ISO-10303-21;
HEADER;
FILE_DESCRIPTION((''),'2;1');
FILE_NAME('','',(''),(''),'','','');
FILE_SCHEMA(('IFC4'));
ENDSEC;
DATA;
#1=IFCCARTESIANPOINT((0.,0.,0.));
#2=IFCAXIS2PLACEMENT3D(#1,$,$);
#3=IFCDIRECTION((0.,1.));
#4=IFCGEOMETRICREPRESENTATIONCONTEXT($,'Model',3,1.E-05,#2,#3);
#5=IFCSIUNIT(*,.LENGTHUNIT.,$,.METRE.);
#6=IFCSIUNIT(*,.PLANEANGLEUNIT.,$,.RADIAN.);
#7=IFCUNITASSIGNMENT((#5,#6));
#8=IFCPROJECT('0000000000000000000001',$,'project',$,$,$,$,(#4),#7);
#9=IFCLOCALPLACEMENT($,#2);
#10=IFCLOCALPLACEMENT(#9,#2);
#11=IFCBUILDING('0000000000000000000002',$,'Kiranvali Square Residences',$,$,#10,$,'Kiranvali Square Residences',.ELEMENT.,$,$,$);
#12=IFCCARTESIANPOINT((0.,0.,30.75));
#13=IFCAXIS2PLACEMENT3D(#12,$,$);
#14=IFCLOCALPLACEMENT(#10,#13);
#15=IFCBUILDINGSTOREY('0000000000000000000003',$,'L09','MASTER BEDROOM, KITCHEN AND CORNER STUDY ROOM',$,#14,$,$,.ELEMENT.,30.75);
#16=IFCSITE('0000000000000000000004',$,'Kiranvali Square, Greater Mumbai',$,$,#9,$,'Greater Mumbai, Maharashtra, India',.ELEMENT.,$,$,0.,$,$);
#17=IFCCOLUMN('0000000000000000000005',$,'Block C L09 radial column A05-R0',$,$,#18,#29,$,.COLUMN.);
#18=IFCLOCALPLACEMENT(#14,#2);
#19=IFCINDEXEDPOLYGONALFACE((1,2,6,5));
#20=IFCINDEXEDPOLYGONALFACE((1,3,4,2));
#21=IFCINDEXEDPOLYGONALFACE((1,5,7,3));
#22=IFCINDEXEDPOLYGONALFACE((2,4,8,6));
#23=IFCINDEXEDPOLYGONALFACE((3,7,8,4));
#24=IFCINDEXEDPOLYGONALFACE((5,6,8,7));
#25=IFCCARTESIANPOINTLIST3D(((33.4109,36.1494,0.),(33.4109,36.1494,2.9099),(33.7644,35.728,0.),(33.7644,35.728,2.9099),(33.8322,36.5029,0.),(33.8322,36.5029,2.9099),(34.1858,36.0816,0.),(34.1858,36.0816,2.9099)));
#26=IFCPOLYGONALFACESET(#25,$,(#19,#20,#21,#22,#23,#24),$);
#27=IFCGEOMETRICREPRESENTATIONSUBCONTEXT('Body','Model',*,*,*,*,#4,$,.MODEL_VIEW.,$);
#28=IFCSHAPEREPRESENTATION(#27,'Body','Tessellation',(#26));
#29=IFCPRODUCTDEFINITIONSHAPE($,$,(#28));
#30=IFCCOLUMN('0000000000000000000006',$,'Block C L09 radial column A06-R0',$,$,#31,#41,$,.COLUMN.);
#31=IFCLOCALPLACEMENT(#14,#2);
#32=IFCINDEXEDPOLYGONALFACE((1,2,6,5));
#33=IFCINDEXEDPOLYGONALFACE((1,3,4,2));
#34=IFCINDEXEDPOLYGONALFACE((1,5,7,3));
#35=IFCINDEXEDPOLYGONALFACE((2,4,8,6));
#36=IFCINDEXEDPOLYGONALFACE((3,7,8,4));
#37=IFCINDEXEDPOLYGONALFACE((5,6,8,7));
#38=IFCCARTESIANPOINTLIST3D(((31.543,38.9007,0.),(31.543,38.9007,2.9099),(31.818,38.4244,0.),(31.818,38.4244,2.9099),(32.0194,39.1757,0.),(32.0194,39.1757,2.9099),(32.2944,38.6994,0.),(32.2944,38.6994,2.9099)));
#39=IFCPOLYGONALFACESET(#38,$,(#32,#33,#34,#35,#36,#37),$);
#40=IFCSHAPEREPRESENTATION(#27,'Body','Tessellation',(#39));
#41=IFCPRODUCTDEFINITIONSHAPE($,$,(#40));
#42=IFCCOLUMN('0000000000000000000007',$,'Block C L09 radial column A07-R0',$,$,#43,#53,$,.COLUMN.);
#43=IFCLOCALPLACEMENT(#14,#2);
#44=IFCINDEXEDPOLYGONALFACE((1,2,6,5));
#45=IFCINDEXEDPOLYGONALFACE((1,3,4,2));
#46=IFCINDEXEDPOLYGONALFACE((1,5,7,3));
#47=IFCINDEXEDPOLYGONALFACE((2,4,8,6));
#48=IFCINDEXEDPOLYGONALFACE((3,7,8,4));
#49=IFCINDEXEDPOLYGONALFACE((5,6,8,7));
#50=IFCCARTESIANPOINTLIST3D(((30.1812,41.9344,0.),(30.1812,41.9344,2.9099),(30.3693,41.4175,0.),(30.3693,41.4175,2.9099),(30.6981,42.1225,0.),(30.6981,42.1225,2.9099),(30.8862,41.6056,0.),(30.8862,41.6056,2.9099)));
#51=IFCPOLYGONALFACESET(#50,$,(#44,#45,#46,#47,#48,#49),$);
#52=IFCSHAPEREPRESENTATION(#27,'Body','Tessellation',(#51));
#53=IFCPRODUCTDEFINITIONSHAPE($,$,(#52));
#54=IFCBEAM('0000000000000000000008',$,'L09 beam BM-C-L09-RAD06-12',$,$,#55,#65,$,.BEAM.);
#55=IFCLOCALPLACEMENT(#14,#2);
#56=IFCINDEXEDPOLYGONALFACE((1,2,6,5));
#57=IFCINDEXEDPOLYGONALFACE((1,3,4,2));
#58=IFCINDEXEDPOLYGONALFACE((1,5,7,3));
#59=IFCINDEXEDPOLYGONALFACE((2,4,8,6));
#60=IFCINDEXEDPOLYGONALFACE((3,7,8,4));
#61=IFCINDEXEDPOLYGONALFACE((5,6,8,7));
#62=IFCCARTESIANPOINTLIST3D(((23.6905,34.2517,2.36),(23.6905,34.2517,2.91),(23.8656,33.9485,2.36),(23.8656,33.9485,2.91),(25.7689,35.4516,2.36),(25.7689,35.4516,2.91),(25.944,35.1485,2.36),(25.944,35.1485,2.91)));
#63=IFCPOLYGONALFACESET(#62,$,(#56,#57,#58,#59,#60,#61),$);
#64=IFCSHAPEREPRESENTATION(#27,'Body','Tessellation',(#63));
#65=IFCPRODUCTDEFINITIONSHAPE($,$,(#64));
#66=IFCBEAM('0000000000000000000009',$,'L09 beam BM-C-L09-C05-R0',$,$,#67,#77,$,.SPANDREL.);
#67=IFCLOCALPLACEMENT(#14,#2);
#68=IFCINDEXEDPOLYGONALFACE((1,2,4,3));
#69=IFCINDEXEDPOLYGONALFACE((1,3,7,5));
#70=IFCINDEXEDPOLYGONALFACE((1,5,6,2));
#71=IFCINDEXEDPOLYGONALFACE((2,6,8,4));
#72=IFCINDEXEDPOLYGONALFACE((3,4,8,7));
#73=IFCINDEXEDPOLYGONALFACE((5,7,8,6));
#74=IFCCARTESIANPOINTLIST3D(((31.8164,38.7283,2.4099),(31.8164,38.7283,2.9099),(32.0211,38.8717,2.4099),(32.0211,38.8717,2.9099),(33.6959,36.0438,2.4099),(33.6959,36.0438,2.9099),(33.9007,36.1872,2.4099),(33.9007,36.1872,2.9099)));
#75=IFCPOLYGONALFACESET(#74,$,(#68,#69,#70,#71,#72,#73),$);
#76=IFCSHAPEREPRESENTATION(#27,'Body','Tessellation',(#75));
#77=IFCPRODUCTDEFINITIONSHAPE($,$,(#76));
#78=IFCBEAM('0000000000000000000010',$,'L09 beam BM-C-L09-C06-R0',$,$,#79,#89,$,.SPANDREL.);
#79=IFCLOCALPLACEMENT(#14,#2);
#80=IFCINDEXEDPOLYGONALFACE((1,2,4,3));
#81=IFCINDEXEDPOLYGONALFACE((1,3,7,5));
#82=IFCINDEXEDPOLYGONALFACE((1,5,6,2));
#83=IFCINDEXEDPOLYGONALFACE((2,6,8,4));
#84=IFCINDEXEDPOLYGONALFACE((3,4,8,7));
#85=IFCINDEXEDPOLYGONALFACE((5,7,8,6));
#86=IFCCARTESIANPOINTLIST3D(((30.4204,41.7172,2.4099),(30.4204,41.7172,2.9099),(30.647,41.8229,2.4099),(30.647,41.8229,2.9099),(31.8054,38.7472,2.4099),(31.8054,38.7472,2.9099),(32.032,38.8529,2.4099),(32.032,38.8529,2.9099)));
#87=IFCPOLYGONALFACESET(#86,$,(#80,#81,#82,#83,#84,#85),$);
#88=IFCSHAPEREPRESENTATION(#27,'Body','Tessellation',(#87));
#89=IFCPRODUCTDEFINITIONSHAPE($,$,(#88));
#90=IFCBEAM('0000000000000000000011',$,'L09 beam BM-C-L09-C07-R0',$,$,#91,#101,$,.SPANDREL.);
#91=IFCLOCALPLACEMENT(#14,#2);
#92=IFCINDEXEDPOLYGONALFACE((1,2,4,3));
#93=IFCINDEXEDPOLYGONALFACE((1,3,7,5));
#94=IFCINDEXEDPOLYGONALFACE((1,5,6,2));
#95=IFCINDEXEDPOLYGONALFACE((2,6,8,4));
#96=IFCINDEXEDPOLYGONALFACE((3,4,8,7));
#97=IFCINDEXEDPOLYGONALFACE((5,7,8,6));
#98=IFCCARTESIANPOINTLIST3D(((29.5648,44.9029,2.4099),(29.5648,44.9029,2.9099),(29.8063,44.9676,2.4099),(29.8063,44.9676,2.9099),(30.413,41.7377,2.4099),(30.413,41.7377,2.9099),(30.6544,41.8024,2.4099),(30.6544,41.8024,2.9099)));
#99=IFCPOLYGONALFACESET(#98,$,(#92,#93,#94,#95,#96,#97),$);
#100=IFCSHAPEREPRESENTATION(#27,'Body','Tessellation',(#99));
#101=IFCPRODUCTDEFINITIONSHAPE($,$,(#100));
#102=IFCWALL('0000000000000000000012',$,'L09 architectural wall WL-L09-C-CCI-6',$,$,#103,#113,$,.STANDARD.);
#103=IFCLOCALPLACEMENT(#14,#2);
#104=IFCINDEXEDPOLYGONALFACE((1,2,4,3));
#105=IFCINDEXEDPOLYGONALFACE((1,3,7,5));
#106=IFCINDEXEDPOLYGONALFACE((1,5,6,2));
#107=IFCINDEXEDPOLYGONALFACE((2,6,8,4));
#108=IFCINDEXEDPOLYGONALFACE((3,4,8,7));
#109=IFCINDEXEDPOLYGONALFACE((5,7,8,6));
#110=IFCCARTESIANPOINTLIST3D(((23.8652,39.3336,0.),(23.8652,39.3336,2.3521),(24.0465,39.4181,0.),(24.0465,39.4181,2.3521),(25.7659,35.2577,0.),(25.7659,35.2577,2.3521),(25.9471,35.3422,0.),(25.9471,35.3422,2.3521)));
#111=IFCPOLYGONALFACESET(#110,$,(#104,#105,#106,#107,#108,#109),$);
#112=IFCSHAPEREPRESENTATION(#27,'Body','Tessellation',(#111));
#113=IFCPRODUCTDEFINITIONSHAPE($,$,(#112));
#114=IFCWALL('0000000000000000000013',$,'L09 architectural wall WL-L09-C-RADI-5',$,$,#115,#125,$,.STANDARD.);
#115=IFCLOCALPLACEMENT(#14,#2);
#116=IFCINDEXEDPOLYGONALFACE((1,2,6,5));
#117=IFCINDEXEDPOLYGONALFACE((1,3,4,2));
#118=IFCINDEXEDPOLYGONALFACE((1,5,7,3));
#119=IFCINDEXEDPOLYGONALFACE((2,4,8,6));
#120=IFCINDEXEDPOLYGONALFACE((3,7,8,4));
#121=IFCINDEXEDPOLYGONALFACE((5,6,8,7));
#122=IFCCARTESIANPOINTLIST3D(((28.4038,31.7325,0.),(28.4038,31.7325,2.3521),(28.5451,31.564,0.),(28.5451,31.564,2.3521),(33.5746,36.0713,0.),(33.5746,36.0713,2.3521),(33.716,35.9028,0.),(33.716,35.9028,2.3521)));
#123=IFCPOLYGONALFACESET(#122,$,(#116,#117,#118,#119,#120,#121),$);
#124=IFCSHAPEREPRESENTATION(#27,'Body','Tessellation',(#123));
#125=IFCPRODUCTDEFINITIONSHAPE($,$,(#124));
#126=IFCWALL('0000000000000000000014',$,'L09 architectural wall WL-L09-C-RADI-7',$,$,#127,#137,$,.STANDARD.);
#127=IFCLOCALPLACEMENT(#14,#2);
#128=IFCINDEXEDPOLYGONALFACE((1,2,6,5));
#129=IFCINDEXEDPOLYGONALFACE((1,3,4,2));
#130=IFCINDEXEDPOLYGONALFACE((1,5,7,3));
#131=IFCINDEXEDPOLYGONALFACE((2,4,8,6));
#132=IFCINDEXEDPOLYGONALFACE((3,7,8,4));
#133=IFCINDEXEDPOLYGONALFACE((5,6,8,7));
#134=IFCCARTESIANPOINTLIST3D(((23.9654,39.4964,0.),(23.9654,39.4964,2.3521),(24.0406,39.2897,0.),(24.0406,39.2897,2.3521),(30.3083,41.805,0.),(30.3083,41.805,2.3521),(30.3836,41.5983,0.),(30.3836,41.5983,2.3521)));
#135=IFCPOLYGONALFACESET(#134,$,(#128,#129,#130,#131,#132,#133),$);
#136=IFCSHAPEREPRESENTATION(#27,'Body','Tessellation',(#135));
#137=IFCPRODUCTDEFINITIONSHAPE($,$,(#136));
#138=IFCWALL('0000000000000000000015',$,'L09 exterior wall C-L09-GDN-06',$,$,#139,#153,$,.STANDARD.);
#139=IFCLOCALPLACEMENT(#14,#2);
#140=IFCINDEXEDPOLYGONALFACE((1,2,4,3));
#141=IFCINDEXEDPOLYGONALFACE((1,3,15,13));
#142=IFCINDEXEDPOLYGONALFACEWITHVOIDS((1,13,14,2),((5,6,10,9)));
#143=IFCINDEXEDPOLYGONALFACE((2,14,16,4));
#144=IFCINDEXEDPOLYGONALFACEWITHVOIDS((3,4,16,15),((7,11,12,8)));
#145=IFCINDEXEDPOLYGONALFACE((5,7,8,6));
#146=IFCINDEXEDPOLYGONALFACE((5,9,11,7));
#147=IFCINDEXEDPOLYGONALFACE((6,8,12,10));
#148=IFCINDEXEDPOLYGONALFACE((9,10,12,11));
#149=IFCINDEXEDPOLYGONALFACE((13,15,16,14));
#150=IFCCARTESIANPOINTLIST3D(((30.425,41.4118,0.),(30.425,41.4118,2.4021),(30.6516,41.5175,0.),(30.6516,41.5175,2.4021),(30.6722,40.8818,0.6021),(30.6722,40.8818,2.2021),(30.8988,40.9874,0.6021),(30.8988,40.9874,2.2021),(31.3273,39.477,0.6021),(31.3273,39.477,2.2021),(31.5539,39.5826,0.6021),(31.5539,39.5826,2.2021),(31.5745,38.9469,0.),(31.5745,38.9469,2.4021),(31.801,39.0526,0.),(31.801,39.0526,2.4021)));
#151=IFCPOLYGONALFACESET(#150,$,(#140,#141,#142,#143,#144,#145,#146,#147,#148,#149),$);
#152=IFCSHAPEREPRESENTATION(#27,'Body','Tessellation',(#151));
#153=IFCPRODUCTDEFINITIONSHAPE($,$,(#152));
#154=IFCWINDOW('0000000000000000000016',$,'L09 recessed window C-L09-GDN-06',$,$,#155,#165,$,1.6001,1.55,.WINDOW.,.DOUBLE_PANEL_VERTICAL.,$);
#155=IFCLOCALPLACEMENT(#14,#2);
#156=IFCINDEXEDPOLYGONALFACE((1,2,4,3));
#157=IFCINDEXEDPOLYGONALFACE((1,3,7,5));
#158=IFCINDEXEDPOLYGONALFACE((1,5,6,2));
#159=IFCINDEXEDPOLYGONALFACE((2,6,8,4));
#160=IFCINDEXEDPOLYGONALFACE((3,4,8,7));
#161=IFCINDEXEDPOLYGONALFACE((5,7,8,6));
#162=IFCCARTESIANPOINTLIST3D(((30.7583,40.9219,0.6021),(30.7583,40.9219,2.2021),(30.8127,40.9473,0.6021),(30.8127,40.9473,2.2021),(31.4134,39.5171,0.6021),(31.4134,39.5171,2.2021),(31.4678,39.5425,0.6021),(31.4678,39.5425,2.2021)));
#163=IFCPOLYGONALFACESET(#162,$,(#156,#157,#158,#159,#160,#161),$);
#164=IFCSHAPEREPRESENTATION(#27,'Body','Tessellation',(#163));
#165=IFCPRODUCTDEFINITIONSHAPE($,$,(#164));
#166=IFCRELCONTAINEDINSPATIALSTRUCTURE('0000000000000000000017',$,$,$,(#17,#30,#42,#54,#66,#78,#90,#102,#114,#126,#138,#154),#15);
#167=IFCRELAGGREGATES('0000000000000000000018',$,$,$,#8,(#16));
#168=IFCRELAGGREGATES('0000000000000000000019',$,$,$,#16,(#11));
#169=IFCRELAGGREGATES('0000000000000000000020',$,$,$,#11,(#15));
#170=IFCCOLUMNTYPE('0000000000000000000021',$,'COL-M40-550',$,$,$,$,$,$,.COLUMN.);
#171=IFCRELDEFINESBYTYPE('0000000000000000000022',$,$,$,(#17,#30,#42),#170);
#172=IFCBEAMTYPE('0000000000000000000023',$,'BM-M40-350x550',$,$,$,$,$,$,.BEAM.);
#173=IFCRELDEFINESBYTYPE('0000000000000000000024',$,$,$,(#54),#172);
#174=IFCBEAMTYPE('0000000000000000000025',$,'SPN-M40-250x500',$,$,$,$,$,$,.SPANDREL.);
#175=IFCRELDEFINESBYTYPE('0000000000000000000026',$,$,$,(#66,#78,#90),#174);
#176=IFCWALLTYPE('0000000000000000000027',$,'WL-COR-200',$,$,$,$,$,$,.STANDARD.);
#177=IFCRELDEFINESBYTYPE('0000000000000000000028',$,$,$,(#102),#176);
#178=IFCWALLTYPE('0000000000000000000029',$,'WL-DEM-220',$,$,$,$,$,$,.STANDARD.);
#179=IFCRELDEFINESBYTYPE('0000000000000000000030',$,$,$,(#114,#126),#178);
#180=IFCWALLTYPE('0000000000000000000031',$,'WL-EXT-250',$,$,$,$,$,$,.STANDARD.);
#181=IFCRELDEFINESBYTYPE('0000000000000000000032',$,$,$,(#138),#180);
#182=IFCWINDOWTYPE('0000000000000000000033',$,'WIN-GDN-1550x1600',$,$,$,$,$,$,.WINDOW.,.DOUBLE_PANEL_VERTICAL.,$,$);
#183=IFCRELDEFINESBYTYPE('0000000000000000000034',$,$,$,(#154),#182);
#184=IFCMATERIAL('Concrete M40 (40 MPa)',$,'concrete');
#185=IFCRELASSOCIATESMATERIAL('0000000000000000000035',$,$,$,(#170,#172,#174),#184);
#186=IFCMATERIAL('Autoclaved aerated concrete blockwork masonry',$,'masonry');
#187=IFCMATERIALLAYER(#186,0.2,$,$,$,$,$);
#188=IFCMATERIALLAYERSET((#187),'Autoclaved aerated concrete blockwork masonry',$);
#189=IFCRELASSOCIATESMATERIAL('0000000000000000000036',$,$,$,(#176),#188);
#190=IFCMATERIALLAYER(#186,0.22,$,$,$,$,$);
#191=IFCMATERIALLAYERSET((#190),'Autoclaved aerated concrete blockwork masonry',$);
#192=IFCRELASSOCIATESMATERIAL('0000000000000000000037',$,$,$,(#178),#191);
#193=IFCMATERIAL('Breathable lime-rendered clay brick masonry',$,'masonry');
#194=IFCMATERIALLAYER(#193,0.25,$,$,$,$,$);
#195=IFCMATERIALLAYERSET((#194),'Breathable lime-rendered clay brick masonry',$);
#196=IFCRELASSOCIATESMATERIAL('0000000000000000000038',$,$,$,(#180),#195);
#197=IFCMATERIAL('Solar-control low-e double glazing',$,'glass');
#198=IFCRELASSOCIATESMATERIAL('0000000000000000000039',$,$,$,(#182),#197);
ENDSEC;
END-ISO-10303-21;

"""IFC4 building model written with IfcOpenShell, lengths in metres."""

from ifc_helpers import new_model, si_unit, direction, frame, frame_2d, origin, origin_2d, place, context, subcontext, project, spatial, rectangle, extrude, material, layer, layer_set, material_profile, profile_set, type_object, element, fill, save


model = new_model("IFC4")

# Units and contexts
model_context = context("Model", 3, precision=1e-05, world=origin(), true_north=direction((0.0, 1.0)))
body_context = subcontext(model_context, "Body", "Model", "MODEL_VIEW")
ifc_project = project(units=[si_unit("LENGTHUNIT", "METRE"), si_unit("PLANEANGLEUNIT", "RADIAN")], contexts=[model_context])

# Site, building, storey
site_placement = place(None, origin())
site = spatial("IfcSite", under=ifc_project, at=site_placement, Name="Kiranvali Square, Greater Mumbai", LongName="Greater Mumbai, Maharashtra, India", CompositionType="ELEMENT", RefElevation=0.0)
building_placement = place(site_placement, origin())
building = spatial("IfcBuilding", under=site, at=building_placement, Name="Kiranvali Square Residences", LongName="Kiranvali Square Residences", CompositionType="ELEMENT")
storey_placement = place(building_placement, frame((0.0, 0.0, 30.75)))
storey = spatial("IfcBuildingStorey", under=building, at=storey_placement, Name="L09", Description="MASTER BEDROOM, KITCHEN AND CORNER STUDY ROOM", CompositionType="ELEMENT", Elevation=30.75)

# Columns
ifc_material_1 = material(Name="Concrete M40 (40 MPa)", Category="concrete")
ifc_material_profile_1 = material_profile(ifc_material_1, rectangle(XDim=0.55, YDim=0.55, at=origin_2d()), Name="RC 550x550")
ifc_profile_set_1 = profile_set([ifc_material_profile_1], Name="Concrete M40 (40 MPa)")
column_type = type_object("IfcColumnType", Name="COL-M40-550", PredefinedType="COLUMN", material=ifc_profile_set_1)
for number, where, z_axis, x_axis, name in (
    (1, (33.7983, 36.1155, 0.0), (0.0, 0.0, 1.0), (-0.642788, 0.766044, 0.0), "Block C L09 radial column A05-R0"),
    (2, (31.9187, 38.8, 0.0), (0.0, 0.0, 1.0), (-0.5, 0.866025, 0.0), "Block C L09 radial column A06-R0"),
    (3, (30.5337, 41.77, 0.0), (0.0, 0.0, 1.0), (-0.34202, 0.939693, 0.0), "Block C L09 radial column A07-R0"),
):
    element("IfcColumn", number, at=place(storey_placement, frame(where, z_axis=z_axis, x_axis=x_axis)), inside=storey, type_object=column_type, Name=name, PredefinedType="COLUMN", context=body_context, shape_type="SweptSolid", body=[
        extrude(rectangle(XDim=0.55, YDim=0.55, at=origin_2d()), origin(), (0.0, 0.0, 1.0), 2.9099),
    ])

# Beams
ifc_material_profile_2 = material_profile(ifc_material_1, rectangle(XDim=0.3501, YDim=0.55, at=origin_2d()), Name="RC 350x550")
ifc_profile_set_2 = profile_set([ifc_material_profile_2], Name="Concrete M40 (40 MPa)")
beam_type_1 = type_object("IfcBeamType", Name="BM-M40-350x550", PredefinedType="BEAM", material=ifc_profile_set_2)
beam_1_placement = place(storey_placement, frame((25.8564, 35.3, 2.635), z_axis=(-0.866025, -0.500001, 0.0), x_axis=(0.500001, -0.866025, 0.0)))
element("IfcBeam", 4, at=beam_1_placement, inside=storey, type_object=beam_type_1, Name="L09 beam BM-C-L09-RAD06-12", PredefinedType="BEAM", context=body_context, shape_type="SweptSolid", body=[
    extrude(rectangle(XDim=0.3501, YDim=0.55, at=origin_2d()), origin(), (0.0, 0.0, 1.0), 2.3999),
])
ifc_material_profile_3 = material_profile(ifc_material_1, rectangle(XDim=0.25, YDim=0.5, at=origin_2d()), Name="RC 250x500")
ifc_profile_set_3 = profile_set([ifc_material_profile_3], Name="Concrete M40 (40 MPa)")
beam_type_2 = type_object("IfcBeamType", Name="SPN-M40-250x500", PredefinedType="SPANDREL", material=ifc_profile_set_3)
for number, where, z_axis, x_axis, name in (
    (5, (33.7983, 36.1155, 2.6599), (-0.573552, 0.819169, 0.0), (-0.819169, -0.573552, 0.0), "L09 beam BM-C-L09-C05-R0"),
    (6, (31.9187, 38.8, 2.6599), (-0.422641, 0.906297, 0.0), (-0.906297, -0.422641, 0.0), "L09 beam BM-C-L09-C06-R0"),
):
    element("IfcBeam", number, at=place(storey_placement, frame(where, z_axis=z_axis, x_axis=x_axis)), inside=storey, type_object=beam_type_2, Name=name, PredefinedType="SPANDREL", context=body_context, shape_type="SweptSolid", body=[
        extrude(rectangle(XDim=0.25, YDim=0.5, at=origin_2d()), origin(), (0.0, 0.0, 1.0), 3.2771),
    ])
beam_2_placement = place(storey_placement, frame((30.5337, 41.77, 2.6599), z_axis=(-0.258822, 0.965925, 0.0), x_axis=(-0.965925, -0.258822, 0.0)))
element("IfcBeam", 7, at=beam_2_placement, inside=storey, type_object=beam_type_2, Name="L09 beam BM-C-L09-C07-R0", PredefinedType="SPANDREL", context=body_context, shape_type="SweptSolid", body=[
    extrude(rectangle(XDim=0.25, YDim=0.5, at=origin_2d()), origin(), (0.0, 0.0, 1.0), 3.2769),
])

# Walls
ifc_material_2 = material(Name="Autoclaved aerated concrete blockwork masonry", Category="masonry")
ifc_layer_1 = layer(ifc_material_2, 0.2)
ifc_layer_set_1 = layer_set([ifc_layer_1], Name="Autoclaved aerated concrete blockwork masonry")
wall_type_1 = type_object("IfcWallType", Name="WL-COR-200", PredefinedType="STANDARD", material=ifc_layer_set_1)
wall_1_placement = place(storey_placement, frame((25.8564, 35.3, 0.0), z_axis=(0.0, 0.0, 1.0), x_axis=(-0.422618, 0.906308, 0.0)))
element("IfcWall", 8, at=wall_1_placement, inside=storey, type_object=wall_type_1, Name="L09 architectural wall WL-L09-C-CCI-6", PredefinedType="STANDARD", context=body_context, shape_type="SweptSolid", body=[
    extrude(rectangle(XDim=4.4973, YDim=0.2, at=frame_2d((2.2485, 0.0))), origin(), (0.0, 0.0, 1.0), 2.3521),
])
ifc_layer_2 = layer(ifc_material_2, 0.22)
ifc_layer_set_2 = layer_set([ifc_layer_2], Name="Autoclaved aerated concrete blockwork masonry")
wall_type_2 = type_object("IfcWallType", Name="WL-DEM-220", PredefinedType="STANDARD", material=ifc_layer_set_2)
for number, where, z_axis, x_axis, name in (
    (9, (33.6453, 35.9871, 0.0), (0.0, 0.0, 1.0), (-0.766047, -0.642785, 0.0), "L09 architectural wall WL-L09-C-RADI-5"),
    (10, (30.3459, 41.7017, 0.0), (0.0, 0.0, 1.0), (-0.939696, -0.34201, 0.0), "L09 architectural wall WL-L09-C-RADI-7"),
):
    element("IfcWall", number, at=place(storey_placement, frame(where, z_axis=z_axis, x_axis=x_axis)), inside=storey, type_object=wall_type_2, Name=name, PredefinedType="STANDARD", context=body_context, shape_type="SweptSolid", body=[
        extrude(rectangle(XDim=6.75, YDim=0.22, at=frame_2d((3.375, 0.0))), origin(), (0.0, 0.0, 1.0), 2.3521),
    ])

# Shared definitions
ifc_material_3 = material(Name="Breathable lime-rendered clay brick masonry", Category="masonry")
ifc_layer_3 = layer(ifc_material_3, 0.25)
ifc_layer_set_3 = layer_set([ifc_layer_3], Name="Breathable lime-rendered clay brick masonry")
wall_type_3 = type_object("IfcWallType", Name="WL-EXT-250", PredefinedType="STANDARD", material=ifc_layer_set_3)

# Wall, opening, window
wall_2_placement = place(storey_placement, frame((31.6877, 38.9998, 0.0), z_axis=(0.0, 0.0, 1.0), x_axis=(-0.42263, 0.906302, 0.0)))
wall_2 = element("IfcWall", 11, at=wall_2_placement, inside=storey, type_object=wall_type_3, Name="L09 exterior wall C-L09-GDN-06", PredefinedType="STANDARD", context=body_context, shape_type="SweptSolid", body=[
    extrude(rectangle(XDim=2.7197, YDim=0.25, at=frame_2d((1.3599, 0.0))), origin(), (0.0, 0.0, 1.0), 2.4021),
])
opening_1_placement = place(wall_2_placement, frame((0.585, 0.0, 0.6021)))
opening_1 = element("IfcOpeningElement", 12, at=opening_1_placement, cuts=wall_2, PredefinedType="OPENING", context=body_context, shape_type="SweptSolid", body=[
    extrude(rectangle(XDim=1.55, YDim=1.6001, at=frame_2d((0.7749, 0.8))), frame((0.0, 0.135, 0.0), z_axis=(0.0, -1.0, 0.0), x_axis=(1.0, 0.0, 0.0)), (0.0, 0.0, 1.0), 0.27),
])
ifc_material_4 = material(Name="Solar-control low-e double glazing", Category="glass")
window_type_1 = type_object("IfcWindowType", Name="WIN-GDN-1550x1600", PartitioningType="DOUBLE_PANEL_VERTICAL", PredefinedType="WINDOW", material=ifc_material_4)
window_1_placement = place(opening_1_placement, origin())
window_1 = element("IfcWindow", 13, at=window_1_placement, inside=storey, type_object=window_type_1, Name="L09 recessed window C-L09-GDN-06", OverallHeight=1.6001, OverallWidth=1.55, PartitioningType="DOUBLE_PANEL_VERTICAL", PredefinedType="WINDOW", context=body_context, shape_type="SweptSolid", body=[
    extrude(rectangle(XDim=1.55, YDim=1.6001, at=frame_2d((0.7749, 0.8))), frame((0.0, 0.03, 0.0), z_axis=(0.0, -1.0, 0.0), x_axis=(1.0, 0.0, 0.0)), (0.0, 0.0, 1.0), 0.0601),
])
fill(opening_1, window_1)

save(model, "model.ifc")
